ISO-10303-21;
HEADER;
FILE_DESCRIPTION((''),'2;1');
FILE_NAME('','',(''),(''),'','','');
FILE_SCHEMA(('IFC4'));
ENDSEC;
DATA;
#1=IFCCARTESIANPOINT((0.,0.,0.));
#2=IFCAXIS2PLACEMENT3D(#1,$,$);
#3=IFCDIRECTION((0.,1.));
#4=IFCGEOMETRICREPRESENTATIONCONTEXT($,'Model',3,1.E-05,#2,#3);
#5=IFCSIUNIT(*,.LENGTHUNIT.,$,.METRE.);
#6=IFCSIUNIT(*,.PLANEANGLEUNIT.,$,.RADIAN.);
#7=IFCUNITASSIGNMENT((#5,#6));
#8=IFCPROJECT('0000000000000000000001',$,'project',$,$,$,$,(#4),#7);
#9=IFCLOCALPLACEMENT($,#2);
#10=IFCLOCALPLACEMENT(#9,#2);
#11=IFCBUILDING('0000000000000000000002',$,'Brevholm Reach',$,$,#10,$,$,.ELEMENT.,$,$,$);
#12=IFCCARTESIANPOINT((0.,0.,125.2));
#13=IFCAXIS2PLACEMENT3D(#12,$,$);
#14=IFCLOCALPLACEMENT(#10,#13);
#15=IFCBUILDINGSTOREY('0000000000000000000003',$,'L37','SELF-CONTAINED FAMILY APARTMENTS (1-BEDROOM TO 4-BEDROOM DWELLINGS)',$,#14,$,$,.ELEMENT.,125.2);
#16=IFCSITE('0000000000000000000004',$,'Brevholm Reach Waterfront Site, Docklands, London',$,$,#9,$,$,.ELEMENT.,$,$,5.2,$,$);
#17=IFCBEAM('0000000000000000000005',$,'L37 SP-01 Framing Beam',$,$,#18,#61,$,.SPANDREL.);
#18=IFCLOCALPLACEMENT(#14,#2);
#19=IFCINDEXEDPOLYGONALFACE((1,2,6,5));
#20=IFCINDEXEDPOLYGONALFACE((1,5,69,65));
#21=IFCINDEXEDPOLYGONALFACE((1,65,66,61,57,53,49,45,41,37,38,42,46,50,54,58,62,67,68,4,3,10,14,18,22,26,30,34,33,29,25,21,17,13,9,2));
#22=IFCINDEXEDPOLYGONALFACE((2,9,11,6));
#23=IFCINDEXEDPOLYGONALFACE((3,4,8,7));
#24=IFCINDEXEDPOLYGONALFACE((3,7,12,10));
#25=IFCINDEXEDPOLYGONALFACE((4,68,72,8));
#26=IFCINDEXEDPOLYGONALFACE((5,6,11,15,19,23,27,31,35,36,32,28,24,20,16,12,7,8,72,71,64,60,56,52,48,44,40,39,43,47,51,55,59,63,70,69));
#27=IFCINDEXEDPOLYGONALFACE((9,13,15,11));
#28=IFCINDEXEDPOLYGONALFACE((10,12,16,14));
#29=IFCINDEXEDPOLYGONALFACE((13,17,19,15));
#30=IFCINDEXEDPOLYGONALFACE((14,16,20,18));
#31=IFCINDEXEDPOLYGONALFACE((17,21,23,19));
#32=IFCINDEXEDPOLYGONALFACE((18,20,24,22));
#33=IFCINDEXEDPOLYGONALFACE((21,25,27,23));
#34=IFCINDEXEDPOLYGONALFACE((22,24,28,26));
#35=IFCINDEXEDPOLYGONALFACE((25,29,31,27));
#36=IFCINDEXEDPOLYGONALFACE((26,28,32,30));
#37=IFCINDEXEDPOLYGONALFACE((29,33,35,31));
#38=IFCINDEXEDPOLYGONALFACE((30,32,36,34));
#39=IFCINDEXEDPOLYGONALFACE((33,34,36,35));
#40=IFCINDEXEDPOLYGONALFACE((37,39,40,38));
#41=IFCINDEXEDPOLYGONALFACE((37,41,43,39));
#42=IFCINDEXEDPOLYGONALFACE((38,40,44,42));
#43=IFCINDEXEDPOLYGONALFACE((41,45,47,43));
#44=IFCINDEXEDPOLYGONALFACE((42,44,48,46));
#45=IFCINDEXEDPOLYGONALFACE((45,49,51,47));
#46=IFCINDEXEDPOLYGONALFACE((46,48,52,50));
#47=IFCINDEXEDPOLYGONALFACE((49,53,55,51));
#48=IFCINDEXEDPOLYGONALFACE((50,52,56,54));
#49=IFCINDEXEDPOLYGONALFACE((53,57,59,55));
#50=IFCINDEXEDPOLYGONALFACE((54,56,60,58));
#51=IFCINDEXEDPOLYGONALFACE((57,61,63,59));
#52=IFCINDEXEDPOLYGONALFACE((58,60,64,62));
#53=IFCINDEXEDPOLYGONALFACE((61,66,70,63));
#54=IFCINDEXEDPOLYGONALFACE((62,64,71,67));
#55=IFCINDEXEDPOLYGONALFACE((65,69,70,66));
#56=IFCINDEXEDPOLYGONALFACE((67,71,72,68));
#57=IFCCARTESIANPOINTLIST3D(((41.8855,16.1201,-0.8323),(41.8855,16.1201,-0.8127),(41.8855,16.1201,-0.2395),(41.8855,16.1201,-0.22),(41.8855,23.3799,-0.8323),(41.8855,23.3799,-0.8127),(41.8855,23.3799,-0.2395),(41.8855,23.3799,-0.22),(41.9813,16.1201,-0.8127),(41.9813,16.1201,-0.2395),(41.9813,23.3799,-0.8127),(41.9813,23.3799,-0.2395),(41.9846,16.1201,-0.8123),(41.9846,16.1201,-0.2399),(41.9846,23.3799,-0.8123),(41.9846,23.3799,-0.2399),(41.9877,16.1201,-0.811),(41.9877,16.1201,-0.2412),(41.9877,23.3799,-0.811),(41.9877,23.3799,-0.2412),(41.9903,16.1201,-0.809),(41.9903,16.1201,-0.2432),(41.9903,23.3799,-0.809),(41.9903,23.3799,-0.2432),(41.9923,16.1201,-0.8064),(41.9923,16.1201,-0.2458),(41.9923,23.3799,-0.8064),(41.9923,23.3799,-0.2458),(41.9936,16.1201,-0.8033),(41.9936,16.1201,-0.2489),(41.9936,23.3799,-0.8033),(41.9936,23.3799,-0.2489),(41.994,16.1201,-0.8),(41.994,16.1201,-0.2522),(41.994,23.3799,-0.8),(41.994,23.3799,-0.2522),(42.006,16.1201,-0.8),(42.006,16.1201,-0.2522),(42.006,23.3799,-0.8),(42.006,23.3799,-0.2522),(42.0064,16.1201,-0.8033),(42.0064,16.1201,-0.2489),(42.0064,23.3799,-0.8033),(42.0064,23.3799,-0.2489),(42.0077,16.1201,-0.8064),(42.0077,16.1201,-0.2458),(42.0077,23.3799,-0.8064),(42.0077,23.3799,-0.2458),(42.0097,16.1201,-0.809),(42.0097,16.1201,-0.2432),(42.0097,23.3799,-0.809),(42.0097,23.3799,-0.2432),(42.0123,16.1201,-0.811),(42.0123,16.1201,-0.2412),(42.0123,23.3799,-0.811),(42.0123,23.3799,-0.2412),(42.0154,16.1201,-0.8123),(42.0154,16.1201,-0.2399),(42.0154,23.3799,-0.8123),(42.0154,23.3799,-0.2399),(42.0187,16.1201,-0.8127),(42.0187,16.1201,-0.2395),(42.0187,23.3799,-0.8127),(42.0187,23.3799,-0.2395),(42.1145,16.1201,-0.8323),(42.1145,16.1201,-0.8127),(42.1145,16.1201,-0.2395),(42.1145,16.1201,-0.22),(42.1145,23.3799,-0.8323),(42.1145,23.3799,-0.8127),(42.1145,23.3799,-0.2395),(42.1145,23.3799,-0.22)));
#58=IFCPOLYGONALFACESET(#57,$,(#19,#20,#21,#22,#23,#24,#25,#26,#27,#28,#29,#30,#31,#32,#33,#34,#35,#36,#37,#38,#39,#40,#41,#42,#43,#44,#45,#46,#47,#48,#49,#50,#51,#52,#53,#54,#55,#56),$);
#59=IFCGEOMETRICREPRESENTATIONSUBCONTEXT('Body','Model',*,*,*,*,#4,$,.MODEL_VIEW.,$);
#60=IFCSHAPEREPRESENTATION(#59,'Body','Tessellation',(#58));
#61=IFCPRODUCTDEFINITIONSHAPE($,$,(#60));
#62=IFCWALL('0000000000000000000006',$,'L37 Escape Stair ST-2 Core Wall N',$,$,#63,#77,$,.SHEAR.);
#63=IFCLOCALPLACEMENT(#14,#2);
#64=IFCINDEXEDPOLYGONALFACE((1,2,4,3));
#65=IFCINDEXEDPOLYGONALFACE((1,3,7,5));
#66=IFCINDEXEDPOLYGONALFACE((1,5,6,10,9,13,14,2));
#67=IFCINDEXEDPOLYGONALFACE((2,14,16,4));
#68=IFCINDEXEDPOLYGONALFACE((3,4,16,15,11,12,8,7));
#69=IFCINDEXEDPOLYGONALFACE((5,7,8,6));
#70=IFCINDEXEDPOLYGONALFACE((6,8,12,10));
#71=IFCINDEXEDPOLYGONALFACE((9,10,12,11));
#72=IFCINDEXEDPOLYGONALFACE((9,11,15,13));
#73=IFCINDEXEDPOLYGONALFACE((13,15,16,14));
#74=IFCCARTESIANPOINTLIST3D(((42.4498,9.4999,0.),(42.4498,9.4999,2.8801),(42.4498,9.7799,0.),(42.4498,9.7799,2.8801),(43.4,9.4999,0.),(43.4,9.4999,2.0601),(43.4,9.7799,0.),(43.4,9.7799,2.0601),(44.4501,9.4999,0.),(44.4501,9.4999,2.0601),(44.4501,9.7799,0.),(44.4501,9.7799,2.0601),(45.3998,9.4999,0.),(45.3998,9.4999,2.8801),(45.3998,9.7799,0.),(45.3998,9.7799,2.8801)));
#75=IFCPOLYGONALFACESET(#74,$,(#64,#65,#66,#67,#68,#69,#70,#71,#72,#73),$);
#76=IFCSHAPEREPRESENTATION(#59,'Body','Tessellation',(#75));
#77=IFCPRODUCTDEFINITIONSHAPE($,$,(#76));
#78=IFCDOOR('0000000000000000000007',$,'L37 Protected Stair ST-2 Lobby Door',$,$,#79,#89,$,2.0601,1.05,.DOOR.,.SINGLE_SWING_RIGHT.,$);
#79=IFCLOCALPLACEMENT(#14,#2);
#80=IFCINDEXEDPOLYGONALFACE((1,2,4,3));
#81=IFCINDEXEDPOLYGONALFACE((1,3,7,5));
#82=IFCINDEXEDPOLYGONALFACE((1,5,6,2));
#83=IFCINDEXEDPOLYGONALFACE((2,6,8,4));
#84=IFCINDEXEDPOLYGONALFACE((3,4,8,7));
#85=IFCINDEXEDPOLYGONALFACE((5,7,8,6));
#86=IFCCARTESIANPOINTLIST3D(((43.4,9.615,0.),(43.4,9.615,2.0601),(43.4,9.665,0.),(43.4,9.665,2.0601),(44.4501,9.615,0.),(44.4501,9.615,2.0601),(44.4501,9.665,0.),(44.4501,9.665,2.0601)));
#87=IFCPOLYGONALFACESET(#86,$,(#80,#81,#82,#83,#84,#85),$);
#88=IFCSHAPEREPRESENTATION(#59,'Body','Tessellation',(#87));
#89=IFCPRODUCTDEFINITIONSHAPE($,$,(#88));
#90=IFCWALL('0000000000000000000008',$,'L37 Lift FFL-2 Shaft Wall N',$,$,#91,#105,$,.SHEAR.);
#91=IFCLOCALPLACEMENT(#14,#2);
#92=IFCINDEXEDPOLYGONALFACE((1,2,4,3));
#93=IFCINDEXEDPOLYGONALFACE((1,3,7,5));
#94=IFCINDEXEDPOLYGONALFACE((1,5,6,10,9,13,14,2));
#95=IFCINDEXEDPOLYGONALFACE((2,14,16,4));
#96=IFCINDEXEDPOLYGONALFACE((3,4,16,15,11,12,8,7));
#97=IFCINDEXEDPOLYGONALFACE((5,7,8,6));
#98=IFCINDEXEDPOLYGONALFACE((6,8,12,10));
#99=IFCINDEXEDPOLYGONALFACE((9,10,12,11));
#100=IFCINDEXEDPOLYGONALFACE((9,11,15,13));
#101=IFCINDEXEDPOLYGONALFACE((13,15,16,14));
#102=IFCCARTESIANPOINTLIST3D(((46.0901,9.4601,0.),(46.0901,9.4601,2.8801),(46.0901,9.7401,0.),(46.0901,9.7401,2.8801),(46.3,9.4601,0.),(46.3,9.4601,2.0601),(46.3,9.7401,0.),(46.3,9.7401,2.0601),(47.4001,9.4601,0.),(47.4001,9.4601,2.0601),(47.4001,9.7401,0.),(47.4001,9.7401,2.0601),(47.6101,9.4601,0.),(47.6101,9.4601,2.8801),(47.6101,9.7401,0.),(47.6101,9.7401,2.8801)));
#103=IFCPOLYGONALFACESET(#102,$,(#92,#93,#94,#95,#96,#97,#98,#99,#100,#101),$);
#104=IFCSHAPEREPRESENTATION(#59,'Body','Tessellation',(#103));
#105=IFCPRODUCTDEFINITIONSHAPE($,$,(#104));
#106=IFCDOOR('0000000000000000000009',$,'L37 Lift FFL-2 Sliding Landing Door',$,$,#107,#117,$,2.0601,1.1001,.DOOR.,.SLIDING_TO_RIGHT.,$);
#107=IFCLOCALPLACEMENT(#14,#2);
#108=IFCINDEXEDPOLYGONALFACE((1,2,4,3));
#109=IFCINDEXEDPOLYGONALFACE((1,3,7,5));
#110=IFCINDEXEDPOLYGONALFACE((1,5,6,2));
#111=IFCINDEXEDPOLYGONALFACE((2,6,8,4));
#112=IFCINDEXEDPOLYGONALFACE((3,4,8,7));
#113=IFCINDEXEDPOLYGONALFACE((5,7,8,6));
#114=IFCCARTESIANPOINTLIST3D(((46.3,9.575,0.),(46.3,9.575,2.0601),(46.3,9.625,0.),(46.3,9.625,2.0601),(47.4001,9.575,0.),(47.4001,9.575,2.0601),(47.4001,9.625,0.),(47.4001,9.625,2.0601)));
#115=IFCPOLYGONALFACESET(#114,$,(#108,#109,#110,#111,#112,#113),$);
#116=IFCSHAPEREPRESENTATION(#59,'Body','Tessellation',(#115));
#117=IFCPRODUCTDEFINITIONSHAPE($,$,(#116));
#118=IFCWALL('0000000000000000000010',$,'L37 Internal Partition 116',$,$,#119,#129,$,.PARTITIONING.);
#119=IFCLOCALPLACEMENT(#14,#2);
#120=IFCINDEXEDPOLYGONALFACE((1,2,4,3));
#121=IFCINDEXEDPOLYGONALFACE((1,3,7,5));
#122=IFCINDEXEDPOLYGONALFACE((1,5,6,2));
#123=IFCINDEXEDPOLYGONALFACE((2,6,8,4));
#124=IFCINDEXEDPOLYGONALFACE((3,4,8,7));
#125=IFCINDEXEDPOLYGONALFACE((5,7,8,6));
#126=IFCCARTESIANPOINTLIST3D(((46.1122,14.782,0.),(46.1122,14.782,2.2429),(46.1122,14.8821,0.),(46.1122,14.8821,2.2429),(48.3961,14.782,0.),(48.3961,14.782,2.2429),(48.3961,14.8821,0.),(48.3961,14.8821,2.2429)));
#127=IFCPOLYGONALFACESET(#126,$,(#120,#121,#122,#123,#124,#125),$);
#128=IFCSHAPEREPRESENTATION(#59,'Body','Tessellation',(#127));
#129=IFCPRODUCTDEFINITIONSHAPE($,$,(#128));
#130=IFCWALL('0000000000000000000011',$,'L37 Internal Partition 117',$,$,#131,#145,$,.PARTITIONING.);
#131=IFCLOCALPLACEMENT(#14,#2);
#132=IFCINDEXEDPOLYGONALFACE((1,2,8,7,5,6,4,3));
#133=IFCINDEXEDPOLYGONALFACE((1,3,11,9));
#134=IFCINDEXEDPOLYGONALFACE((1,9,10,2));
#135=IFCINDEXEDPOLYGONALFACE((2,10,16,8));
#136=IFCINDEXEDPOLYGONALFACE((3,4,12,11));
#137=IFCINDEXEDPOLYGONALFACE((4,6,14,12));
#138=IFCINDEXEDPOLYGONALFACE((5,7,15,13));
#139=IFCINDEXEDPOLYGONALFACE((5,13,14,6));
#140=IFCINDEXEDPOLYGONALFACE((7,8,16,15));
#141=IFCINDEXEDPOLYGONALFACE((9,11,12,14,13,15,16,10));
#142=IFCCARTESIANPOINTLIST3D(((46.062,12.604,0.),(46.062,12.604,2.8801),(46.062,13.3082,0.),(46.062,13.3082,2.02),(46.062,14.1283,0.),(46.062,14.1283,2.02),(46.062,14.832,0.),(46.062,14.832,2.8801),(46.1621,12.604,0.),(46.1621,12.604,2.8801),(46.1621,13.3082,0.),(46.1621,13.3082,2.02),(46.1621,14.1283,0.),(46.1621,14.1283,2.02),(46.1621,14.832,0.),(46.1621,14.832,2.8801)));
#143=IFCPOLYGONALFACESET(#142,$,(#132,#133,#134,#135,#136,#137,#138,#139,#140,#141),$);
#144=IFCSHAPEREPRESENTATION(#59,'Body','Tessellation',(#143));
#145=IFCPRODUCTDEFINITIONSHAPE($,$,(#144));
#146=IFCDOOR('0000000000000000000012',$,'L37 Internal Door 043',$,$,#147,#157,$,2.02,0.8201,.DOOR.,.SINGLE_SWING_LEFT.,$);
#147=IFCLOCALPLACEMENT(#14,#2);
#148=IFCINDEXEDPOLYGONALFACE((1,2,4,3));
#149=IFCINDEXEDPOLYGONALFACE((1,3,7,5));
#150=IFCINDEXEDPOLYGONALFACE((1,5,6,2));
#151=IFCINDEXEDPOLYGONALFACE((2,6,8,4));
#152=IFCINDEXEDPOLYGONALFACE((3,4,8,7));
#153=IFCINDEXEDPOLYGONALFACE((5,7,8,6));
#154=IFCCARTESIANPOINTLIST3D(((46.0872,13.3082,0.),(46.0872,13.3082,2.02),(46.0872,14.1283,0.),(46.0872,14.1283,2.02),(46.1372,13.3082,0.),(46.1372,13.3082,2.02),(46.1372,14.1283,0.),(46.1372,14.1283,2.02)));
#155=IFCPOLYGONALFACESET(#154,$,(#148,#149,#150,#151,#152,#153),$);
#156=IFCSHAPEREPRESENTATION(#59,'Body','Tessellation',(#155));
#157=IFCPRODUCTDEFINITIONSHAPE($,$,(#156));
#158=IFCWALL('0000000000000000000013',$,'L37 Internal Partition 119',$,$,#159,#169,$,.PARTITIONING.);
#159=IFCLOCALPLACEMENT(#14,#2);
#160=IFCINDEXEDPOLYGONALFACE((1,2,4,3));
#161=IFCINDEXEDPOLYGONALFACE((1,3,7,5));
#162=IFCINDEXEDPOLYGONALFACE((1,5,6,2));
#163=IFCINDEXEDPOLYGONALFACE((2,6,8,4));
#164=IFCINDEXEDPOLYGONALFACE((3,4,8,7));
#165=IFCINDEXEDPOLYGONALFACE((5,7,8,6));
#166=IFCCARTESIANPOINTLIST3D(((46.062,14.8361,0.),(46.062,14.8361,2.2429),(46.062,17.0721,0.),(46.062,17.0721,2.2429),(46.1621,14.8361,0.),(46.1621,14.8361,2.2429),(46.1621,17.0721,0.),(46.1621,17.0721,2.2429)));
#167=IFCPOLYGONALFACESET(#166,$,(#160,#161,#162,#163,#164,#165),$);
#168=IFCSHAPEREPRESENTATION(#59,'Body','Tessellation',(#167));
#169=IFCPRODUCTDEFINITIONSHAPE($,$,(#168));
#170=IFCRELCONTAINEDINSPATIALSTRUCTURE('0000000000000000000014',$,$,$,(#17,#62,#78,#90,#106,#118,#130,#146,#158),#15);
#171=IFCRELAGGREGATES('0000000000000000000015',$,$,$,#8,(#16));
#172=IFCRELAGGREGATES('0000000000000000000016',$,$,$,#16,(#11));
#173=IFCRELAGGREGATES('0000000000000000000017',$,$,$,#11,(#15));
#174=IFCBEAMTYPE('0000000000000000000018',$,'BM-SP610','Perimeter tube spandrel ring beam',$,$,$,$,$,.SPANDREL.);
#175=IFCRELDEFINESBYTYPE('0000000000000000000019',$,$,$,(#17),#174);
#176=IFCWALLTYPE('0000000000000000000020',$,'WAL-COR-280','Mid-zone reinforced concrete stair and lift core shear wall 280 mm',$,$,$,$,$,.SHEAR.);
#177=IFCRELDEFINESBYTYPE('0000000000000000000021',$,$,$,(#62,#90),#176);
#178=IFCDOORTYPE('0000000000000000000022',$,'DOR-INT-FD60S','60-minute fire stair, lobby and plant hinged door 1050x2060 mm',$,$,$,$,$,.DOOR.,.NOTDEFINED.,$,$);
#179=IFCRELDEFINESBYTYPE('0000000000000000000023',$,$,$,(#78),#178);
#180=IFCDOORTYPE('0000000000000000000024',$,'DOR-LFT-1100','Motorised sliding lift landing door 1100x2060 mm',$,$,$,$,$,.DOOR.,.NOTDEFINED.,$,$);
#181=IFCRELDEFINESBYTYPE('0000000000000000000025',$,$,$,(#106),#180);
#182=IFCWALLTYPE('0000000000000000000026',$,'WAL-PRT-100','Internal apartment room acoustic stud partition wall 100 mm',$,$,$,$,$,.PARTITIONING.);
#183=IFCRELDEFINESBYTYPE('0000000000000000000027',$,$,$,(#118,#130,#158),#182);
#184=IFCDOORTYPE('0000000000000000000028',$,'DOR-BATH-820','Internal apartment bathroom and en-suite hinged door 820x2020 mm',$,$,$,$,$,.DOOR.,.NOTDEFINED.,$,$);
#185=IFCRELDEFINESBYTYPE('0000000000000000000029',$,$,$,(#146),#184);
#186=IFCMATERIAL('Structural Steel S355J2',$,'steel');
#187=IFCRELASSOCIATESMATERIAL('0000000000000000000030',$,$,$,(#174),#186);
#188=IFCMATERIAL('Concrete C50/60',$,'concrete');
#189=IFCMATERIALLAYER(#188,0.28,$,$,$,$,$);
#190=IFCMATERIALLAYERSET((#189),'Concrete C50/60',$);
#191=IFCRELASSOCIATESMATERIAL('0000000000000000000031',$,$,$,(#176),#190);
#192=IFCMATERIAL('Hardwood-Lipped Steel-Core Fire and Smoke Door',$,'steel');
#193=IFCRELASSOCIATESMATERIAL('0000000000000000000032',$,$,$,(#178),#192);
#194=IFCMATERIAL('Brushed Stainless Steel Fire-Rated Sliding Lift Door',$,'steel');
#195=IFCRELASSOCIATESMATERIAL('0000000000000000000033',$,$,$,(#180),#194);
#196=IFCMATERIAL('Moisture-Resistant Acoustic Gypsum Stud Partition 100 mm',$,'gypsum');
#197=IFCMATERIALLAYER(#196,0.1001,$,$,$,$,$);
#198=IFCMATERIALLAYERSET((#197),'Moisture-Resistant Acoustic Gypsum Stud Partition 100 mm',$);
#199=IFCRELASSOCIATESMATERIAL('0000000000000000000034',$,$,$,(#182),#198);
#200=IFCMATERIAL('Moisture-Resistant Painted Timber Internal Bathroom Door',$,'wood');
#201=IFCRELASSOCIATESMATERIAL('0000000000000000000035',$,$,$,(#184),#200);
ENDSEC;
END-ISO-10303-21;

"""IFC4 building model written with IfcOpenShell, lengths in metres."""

from ifc_helpers import new_model, si_unit, direction, frame, frame_2d, origin, origin_2d, place, context, subcontext, project, spatial, rectangle, i_section, extrude, material, layer, layer_set, material_profile, profile_set, type_object, element, fill, save


model = new_model("IFC4")

# Units and contexts
model_context = context("Model", 3, precision=1e-05, world=origin(), true_north=direction((0.0, 1.0)))
body_context = subcontext(model_context, "Body", "Model", "MODEL_VIEW")
ifc_project = project(units=[si_unit("LENGTHUNIT", "METRE"), si_unit("PLANEANGLEUNIT", "RADIAN")], contexts=[model_context])

# Site, building, storey
site_placement = place(None, origin())
site = spatial("IfcSite", under=ifc_project, at=site_placement, Name="Brevholm Reach Waterfront Site, Docklands, London", CompositionType="ELEMENT", RefElevation=5.2)
building_placement = place(site_placement, origin())
building = spatial("IfcBuilding", under=site, at=building_placement, Name="Brevholm Reach", CompositionType="ELEMENT")
storey_placement = place(building_placement, frame((0.0, 0.0, 125.2)))
storey = spatial("IfcBuildingStorey", under=building, at=storey_placement, Name="L37", Description="SELF-CONTAINED FAMILY APARTMENTS (1-BEDROOM TO 4-BEDROOM DWELLINGS)", CompositionType="ELEMENT", Elevation=125.2)

# Beam
ifc_material_1 = material(Name="Structural Steel S355J2", Category="steel")
ifc_material_profile_1 = material_profile(ifc_material_1, i_section(OverallWidth=0.229, OverallDepth=0.6123, WebThickness=0.012, FlangeThickness=0.0195, FilletRadius=0.0127, at=origin_2d()), Name="UKB 610x229x125")
ifc_profile_set_1 = profile_set([ifc_material_profile_1], Name="Structural Steel S355J2")
beam_type = type_object("IfcBeamType", Name="BM-SP610", Description="Perimeter tube spandrel ring beam", PredefinedType="SPANDREL", material=ifc_profile_set_1)
beam_placement = place(storey_placement, frame((42.0, 16.1201, -0.5261), z_axis=(0.0, 1.0, 0.0), x_axis=(-1.0, 0.0, 0.0)))
element("IfcBeam", 1, at=beam_placement, inside=storey, type_object=beam_type, Name="L37 SP-01 Framing Beam", PredefinedType="SPANDREL", context=body_context, shape_type="SweptSolid", body=[
    extrude(i_section(OverallWidth=0.229, OverallDepth=0.6123, WebThickness=0.012, FlangeThickness=0.0195, FilletRadius=0.0127, at=origin_2d()), origin(), (0.0, 0.0, 1.0), 7.2598),
])

# Walls, openings, doors
ifc_material_2 = material(Name="Concrete C50/60", Category="concrete")
ifc_layer_1 = layer(ifc_material_2, 0.28)
ifc_layer_set_1 = layer_set([ifc_layer_1], Name="Concrete C50/60")
wall_type_1 = type_object("IfcWallType", Name="WAL-COR-280", Description="Mid-zone reinforced concrete stair and lift core shear wall 280 mm", PredefinedType="SHEAR", material=ifc_layer_set_1)
wall_1_placement = place(storey_placement, frame((45.3999, 9.6399, 0.0), z_axis=(0.0, 0.0, 1.0), x_axis=(-1.0, 0.0, 0.0)))
wall_1 = element("IfcWall", 2, at=wall_1_placement, inside=storey, type_object=wall_type_1, Name="L37 Escape Stair ST-2 Core Wall N", PredefinedType="SHEAR", context=body_context, shape_type="SweptSolid", body=[
    extrude(rectangle(XDim=2.95, YDim=0.28, at=frame_2d((1.4751, 0.0))), origin(), (0.0, 0.0, 1.0), 2.8801),
])
opening_1_placement = place(wall_1_placement, frame((0.95, 0.0, 0.0)))
opening_1 = element("IfcOpeningElement", 3, at=opening_1_placement, cuts=wall_1, PredefinedType="OPENING", context=body_context, shape_type="SweptSolid", body=[
    extrude(rectangle(XDim=1.05, YDim=2.0601, at=frame_2d((0.5249, 1.03))), frame((0.0, 0.1499, 0.0), z_axis=(0.0, -1.0, 0.0), x_axis=(1.0, 0.0, 0.0)), (0.0, 0.0, 1.0), 0.3),
])
ifc_material_3 = material(Name="Hardwood-Lipped Steel-Core Fire and Smoke Door", Category="steel")
door_type_1 = type_object("IfcDoorType", Name="DOR-INT-FD60S", Description="60-minute fire stair, lobby and plant hinged door 1050x2060 mm", OperationType="NOTDEFINED", PredefinedType="DOOR", material=ifc_material_3)
door_1_placement = place(opening_1_placement, origin())
door_1 = element("IfcDoor", 4, at=door_1_placement, inside=storey, type_object=door_type_1, Name="L37 Protected Stair ST-2 Lobby Door", OperationType="SINGLE_SWING_RIGHT", OverallHeight=2.0601, OverallWidth=1.05, PredefinedType="DOOR", context=body_context, shape_type="SweptSolid", body=[
    extrude(rectangle(XDim=1.05, YDim=2.0601, at=frame_2d((0.5249, 1.03))), frame((0.0, 0.0249, 0.0), z_axis=(0.0, -1.0, 0.0), x_axis=(1.0, 0.0, 0.0)), (0.0, 0.0, 1.0), 0.05),
])
fill(opening_1, door_1)
wall_2_placement = place(storey_placement, frame((46.0901, 9.6001, 0.0), z_axis=(0.0, 0.0, 1.0), x_axis=(1.0, 0.0, 0.0)))
wall_2 = element("IfcWall", 5, at=wall_2_placement, inside=storey, type_object=wall_type_1, Name="L37 Lift FFL-2 Shaft Wall N", PredefinedType="SHEAR", context=body_context, shape_type="SweptSolid", body=[
    extrude(rectangle(XDim=1.52, YDim=0.28, at=frame_2d((0.76, 0.0))), origin(), (0.0, 0.0, 1.0), 2.8801),
])
opening_2_placement = place(wall_2_placement, frame((0.21, 0.0, 0.0)))
opening_2 = element("IfcOpeningElement", 6, at=opening_2_placement, cuts=wall_2, PredefinedType="OPENING", context=body_context, shape_type="SweptSolid", body=[
    extrude(rectangle(XDim=1.1001, YDim=2.0601, at=frame_2d((0.55, 1.03))), frame((0.0, 0.1499, 0.0), z_axis=(0.0, -1.0, 0.0), x_axis=(1.0, 0.0, 0.0)), (0.0, 0.0, 1.0), 0.3),
])
ifc_material_4 = material(Name="Brushed Stainless Steel Fire-Rated Sliding Lift Door", Category="steel")
door_type_2 = type_object("IfcDoorType", Name="DOR-LFT-1100", Description="Motorised sliding lift landing door 1100x2060 mm", OperationType="NOTDEFINED", PredefinedType="DOOR", material=ifc_material_4)
door_2_placement = place(opening_2_placement, origin())
door_2 = element("IfcDoor", 7, at=door_2_placement, inside=storey, type_object=door_type_2, Name="L37 Lift FFL-2 Sliding Landing Door", OperationType="SLIDING_TO_RIGHT", OverallHeight=2.0601, OverallWidth=1.1001, PredefinedType="DOOR", context=body_context, shape_type="SweptSolid", body=[
    extrude(rectangle(XDim=1.1001, YDim=2.0601, at=frame_2d((0.55, 1.03))), frame((0.0, 0.0249, 0.0), z_axis=(0.0, -1.0, 0.0), x_axis=(1.0, 0.0, 0.0)), (0.0, 0.0, 1.0), 0.05),
])
fill(opening_2, door_2)

# Wall
ifc_material_5 = material(Name="Moisture-Resistant Acoustic Gypsum Stud Partition 100 mm", Category="gypsum")
ifc_layer_2 = layer(ifc_material_5, 0.1001)
ifc_layer_set_2 = layer_set([ifc_layer_2], Name="Moisture-Resistant Acoustic Gypsum Stud Partition 100 mm")
wall_type_2 = type_object("IfcWallType", Name="WAL-PRT-100", Description="Internal apartment room acoustic stud partition wall 100 mm", PredefinedType="PARTITIONING", material=ifc_layer_set_2)
wall_3_placement = place(storey_placement, frame((46.1121, 14.832, 0.0), z_axis=(0.0, 0.0, 1.0), x_axis=(1.0, 0.0, 0.0)))
element("IfcWall", 8, at=wall_3_placement, inside=storey, type_object=wall_type_2, Name="L37 Internal Partition 116", PredefinedType="PARTITIONING", context=body_context, shape_type="SweptSolid", body=[
    extrude(rectangle(XDim=2.2839, YDim=0.1001, at=frame_2d((1.1421, 0.0))), origin(), (0.0, 0.0, 1.0), 2.2429),
])

# Wall, opening, door
wall_4_placement = place(storey_placement, frame((46.1121, 12.604, 0.0), z_axis=(0.0, 0.0, 1.0), x_axis=(0.0, 1.0, 0.0)))
wall_4 = element("IfcWall", 9, at=wall_4_placement, inside=storey, type_object=wall_type_2, Name="L37 Internal Partition 117", PredefinedType="PARTITIONING", context=body_context, shape_type="SweptSolid", body=[
    extrude(rectangle(XDim=2.228, YDim=0.1001, at=frame_2d((1.114, 0.0))), origin(), (0.0, 0.0, 1.0), 2.8801),
])
opening_3_placement = place(wall_4_placement, frame((0.7041, 0.0, 0.0)))
opening_3 = element("IfcOpeningElement", 10, at=opening_3_placement, cuts=wall_4, PredefinedType="OPENING", context=body_context, shape_type="SweptSolid", body=[
    extrude(rectangle(XDim=0.8201, YDim=2.02, at=frame_2d((0.4102, 1.01))), frame((0.0, 0.0601, 0.0), z_axis=(0.0, -1.0, 0.0), x_axis=(1.0, 0.0, 0.0)), (0.0, 0.0, 1.0), 0.1201),
])
ifc_material_6 = material(Name="Moisture-Resistant Painted Timber Internal Bathroom Door", Category="wood")
door_type_3 = type_object("IfcDoorType", Name="DOR-BATH-820", Description="Internal apartment bathroom and en-suite hinged door 820x2020 mm", OperationType="NOTDEFINED", PredefinedType="DOOR", material=ifc_material_6)
door_3_placement = place(opening_3_placement, origin())
door_3 = element("IfcDoor", 11, at=door_3_placement, inside=storey, type_object=door_type_3, Name="L37 Internal Door 043", OperationType="SINGLE_SWING_LEFT", OverallHeight=2.02, OverallWidth=0.8201, PredefinedType="DOOR", context=body_context, shape_type="SweptSolid", body=[
    extrude(rectangle(XDim=0.8201, YDim=2.02, at=frame_2d((0.4102, 1.01))), frame((0.0, 0.0249, 0.0), z_axis=(0.0, -1.0, 0.0), x_axis=(1.0, 0.0, 0.0)), (0.0, 0.0, 1.0), 0.05),
])
fill(opening_3, door_3)

# Wall
wall_5_placement = place(storey_placement, frame((46.1121, 14.8359, 0.0), z_axis=(0.0, 0.0, 1.0), x_axis=(0.0, 1.0, 0.0)))
element("IfcWall", 12, at=wall_5_placement, inside=storey, type_object=wall_type_2, Name="L37 Internal Partition 119", PredefinedType="PARTITIONING", context=body_context, shape_type="SweptSolid", body=[
    extrude(rectangle(XDim=2.2361, YDim=0.1001, at=frame_2d((1.1182, 0.0))), origin(), (0.0, 0.0, 1.0), 2.2429),
])

save(model, "model.ifc")
